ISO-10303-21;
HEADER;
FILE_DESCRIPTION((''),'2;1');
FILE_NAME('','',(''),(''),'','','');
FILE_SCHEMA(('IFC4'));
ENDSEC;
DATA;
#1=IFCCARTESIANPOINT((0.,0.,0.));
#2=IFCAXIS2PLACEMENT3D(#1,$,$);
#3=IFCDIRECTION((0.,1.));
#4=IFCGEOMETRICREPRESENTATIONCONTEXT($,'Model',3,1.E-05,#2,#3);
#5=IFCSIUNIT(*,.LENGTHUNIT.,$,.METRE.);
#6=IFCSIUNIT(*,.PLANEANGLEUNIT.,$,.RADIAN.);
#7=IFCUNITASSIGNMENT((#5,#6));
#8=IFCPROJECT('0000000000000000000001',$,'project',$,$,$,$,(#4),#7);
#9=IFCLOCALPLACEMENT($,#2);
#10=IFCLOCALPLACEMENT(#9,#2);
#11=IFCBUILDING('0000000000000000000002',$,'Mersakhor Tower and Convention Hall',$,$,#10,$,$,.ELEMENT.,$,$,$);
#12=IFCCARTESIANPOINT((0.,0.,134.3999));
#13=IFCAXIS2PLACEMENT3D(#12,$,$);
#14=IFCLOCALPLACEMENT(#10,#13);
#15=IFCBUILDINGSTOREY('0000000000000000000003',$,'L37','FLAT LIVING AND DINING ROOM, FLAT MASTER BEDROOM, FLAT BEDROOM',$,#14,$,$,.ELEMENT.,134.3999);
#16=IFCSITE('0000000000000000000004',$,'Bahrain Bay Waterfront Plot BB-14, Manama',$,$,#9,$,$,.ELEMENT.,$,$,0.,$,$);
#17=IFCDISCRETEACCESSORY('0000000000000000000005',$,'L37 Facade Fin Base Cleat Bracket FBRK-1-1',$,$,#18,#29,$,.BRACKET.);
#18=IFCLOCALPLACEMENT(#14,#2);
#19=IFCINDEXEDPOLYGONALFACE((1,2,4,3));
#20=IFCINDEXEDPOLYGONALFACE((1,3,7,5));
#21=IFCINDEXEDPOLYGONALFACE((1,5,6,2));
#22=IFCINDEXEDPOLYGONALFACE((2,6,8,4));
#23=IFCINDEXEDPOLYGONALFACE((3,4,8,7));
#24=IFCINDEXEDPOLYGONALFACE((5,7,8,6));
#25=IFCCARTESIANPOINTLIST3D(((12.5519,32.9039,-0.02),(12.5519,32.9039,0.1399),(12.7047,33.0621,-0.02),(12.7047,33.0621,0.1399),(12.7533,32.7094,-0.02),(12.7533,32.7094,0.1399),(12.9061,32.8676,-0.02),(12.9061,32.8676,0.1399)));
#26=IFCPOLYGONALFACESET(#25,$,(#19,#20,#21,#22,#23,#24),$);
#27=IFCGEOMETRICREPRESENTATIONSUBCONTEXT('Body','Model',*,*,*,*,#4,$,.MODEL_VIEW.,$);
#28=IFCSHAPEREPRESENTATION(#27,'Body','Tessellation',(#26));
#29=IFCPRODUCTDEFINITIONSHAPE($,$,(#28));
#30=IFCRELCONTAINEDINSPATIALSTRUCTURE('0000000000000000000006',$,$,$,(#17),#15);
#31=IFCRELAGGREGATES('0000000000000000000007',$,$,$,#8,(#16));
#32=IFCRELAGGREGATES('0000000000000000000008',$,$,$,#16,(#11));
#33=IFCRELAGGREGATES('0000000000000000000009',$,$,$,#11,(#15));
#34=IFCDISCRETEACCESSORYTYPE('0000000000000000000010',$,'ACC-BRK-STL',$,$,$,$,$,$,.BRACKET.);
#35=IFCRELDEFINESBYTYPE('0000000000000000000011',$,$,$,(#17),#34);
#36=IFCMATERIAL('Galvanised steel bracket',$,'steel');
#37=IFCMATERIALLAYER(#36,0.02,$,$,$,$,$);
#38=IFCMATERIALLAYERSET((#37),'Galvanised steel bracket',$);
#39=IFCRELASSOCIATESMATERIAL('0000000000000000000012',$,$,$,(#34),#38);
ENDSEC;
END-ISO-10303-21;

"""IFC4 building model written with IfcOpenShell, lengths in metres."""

from ifc_helpers import new_model, si_unit, direction, frame, origin, origin_2d, place, context, subcontext, project, spatial, rectangle, extrude, material, layer, layer_set, type_object, element, save


model = new_model("IFC4")

# Units and contexts
model_context = context("Model", 3, precision=1e-05, world=origin(), true_north=direction((0.0, 1.0)))
body_context = subcontext(model_context, "Body", "Model", "MODEL_VIEW")
ifc_project = project(units=[si_unit("LENGTHUNIT", "METRE"), si_unit("PLANEANGLEUNIT", "RADIAN")], contexts=[model_context])

# Site, building, storey
site_placement = place(None, origin())
site = spatial("IfcSite", under=ifc_project, at=site_placement, Name="Bahrain Bay Waterfront Plot BB-14, Manama", CompositionType="ELEMENT", RefElevation=0.0)
building_placement = place(site_placement, origin())
building = spatial("IfcBuilding", under=site, at=building_placement, Name="Mersakhor Tower and Convention Hall", CompositionType="ELEMENT")
storey_placement = place(building_placement, frame((0.0, 0.0, 134.3999)))
storey = spatial("IfcBuildingStorey", under=building, at=storey_placement, Name="L37", Description="FLAT LIVING AND DINING ROOM, FLAT MASTER BEDROOM, FLAT BEDROOM", CompositionType="ELEMENT", Elevation=134.3999)

# Discrete accessory
ifc_material_1 = material(Name="Galvanised steel bracket", Category="steel")
ifc_layer_1 = layer(ifc_material_1, 0.02)
ifc_layer_set_1 = layer_set([ifc_layer_1], Name="Galvanised steel bracket")
discrete_accessory_type = type_object("IfcDiscreteAccessoryType", Name="ACC-BRK-STL", PredefinedType="BRACKET", material=ifc_layer_set_1)
discrete_accessory_placement = place(storey_placement, frame((12.729, 32.8857, -0.02), z_axis=(0.0, 0.0, 1.0), x_axis=(-0.71934, 0.694658, 0.0)))
element("IfcDiscreteAccessory", 1, at=discrete_accessory_placement, inside=storey, type_object=discrete_accessory_type, Name="L37 Facade Fin Base Cleat Bracket FBRK-1-1", PredefinedType="BRACKET", context=body_context, shape_type="SweptSolid", body=[
    extrude(rectangle(XDim=0.28, YDim=0.22, at=origin_2d()), origin(), (0.0, 0.0, 1.0), 0.1599),
])

save(model, "model.ifc")
